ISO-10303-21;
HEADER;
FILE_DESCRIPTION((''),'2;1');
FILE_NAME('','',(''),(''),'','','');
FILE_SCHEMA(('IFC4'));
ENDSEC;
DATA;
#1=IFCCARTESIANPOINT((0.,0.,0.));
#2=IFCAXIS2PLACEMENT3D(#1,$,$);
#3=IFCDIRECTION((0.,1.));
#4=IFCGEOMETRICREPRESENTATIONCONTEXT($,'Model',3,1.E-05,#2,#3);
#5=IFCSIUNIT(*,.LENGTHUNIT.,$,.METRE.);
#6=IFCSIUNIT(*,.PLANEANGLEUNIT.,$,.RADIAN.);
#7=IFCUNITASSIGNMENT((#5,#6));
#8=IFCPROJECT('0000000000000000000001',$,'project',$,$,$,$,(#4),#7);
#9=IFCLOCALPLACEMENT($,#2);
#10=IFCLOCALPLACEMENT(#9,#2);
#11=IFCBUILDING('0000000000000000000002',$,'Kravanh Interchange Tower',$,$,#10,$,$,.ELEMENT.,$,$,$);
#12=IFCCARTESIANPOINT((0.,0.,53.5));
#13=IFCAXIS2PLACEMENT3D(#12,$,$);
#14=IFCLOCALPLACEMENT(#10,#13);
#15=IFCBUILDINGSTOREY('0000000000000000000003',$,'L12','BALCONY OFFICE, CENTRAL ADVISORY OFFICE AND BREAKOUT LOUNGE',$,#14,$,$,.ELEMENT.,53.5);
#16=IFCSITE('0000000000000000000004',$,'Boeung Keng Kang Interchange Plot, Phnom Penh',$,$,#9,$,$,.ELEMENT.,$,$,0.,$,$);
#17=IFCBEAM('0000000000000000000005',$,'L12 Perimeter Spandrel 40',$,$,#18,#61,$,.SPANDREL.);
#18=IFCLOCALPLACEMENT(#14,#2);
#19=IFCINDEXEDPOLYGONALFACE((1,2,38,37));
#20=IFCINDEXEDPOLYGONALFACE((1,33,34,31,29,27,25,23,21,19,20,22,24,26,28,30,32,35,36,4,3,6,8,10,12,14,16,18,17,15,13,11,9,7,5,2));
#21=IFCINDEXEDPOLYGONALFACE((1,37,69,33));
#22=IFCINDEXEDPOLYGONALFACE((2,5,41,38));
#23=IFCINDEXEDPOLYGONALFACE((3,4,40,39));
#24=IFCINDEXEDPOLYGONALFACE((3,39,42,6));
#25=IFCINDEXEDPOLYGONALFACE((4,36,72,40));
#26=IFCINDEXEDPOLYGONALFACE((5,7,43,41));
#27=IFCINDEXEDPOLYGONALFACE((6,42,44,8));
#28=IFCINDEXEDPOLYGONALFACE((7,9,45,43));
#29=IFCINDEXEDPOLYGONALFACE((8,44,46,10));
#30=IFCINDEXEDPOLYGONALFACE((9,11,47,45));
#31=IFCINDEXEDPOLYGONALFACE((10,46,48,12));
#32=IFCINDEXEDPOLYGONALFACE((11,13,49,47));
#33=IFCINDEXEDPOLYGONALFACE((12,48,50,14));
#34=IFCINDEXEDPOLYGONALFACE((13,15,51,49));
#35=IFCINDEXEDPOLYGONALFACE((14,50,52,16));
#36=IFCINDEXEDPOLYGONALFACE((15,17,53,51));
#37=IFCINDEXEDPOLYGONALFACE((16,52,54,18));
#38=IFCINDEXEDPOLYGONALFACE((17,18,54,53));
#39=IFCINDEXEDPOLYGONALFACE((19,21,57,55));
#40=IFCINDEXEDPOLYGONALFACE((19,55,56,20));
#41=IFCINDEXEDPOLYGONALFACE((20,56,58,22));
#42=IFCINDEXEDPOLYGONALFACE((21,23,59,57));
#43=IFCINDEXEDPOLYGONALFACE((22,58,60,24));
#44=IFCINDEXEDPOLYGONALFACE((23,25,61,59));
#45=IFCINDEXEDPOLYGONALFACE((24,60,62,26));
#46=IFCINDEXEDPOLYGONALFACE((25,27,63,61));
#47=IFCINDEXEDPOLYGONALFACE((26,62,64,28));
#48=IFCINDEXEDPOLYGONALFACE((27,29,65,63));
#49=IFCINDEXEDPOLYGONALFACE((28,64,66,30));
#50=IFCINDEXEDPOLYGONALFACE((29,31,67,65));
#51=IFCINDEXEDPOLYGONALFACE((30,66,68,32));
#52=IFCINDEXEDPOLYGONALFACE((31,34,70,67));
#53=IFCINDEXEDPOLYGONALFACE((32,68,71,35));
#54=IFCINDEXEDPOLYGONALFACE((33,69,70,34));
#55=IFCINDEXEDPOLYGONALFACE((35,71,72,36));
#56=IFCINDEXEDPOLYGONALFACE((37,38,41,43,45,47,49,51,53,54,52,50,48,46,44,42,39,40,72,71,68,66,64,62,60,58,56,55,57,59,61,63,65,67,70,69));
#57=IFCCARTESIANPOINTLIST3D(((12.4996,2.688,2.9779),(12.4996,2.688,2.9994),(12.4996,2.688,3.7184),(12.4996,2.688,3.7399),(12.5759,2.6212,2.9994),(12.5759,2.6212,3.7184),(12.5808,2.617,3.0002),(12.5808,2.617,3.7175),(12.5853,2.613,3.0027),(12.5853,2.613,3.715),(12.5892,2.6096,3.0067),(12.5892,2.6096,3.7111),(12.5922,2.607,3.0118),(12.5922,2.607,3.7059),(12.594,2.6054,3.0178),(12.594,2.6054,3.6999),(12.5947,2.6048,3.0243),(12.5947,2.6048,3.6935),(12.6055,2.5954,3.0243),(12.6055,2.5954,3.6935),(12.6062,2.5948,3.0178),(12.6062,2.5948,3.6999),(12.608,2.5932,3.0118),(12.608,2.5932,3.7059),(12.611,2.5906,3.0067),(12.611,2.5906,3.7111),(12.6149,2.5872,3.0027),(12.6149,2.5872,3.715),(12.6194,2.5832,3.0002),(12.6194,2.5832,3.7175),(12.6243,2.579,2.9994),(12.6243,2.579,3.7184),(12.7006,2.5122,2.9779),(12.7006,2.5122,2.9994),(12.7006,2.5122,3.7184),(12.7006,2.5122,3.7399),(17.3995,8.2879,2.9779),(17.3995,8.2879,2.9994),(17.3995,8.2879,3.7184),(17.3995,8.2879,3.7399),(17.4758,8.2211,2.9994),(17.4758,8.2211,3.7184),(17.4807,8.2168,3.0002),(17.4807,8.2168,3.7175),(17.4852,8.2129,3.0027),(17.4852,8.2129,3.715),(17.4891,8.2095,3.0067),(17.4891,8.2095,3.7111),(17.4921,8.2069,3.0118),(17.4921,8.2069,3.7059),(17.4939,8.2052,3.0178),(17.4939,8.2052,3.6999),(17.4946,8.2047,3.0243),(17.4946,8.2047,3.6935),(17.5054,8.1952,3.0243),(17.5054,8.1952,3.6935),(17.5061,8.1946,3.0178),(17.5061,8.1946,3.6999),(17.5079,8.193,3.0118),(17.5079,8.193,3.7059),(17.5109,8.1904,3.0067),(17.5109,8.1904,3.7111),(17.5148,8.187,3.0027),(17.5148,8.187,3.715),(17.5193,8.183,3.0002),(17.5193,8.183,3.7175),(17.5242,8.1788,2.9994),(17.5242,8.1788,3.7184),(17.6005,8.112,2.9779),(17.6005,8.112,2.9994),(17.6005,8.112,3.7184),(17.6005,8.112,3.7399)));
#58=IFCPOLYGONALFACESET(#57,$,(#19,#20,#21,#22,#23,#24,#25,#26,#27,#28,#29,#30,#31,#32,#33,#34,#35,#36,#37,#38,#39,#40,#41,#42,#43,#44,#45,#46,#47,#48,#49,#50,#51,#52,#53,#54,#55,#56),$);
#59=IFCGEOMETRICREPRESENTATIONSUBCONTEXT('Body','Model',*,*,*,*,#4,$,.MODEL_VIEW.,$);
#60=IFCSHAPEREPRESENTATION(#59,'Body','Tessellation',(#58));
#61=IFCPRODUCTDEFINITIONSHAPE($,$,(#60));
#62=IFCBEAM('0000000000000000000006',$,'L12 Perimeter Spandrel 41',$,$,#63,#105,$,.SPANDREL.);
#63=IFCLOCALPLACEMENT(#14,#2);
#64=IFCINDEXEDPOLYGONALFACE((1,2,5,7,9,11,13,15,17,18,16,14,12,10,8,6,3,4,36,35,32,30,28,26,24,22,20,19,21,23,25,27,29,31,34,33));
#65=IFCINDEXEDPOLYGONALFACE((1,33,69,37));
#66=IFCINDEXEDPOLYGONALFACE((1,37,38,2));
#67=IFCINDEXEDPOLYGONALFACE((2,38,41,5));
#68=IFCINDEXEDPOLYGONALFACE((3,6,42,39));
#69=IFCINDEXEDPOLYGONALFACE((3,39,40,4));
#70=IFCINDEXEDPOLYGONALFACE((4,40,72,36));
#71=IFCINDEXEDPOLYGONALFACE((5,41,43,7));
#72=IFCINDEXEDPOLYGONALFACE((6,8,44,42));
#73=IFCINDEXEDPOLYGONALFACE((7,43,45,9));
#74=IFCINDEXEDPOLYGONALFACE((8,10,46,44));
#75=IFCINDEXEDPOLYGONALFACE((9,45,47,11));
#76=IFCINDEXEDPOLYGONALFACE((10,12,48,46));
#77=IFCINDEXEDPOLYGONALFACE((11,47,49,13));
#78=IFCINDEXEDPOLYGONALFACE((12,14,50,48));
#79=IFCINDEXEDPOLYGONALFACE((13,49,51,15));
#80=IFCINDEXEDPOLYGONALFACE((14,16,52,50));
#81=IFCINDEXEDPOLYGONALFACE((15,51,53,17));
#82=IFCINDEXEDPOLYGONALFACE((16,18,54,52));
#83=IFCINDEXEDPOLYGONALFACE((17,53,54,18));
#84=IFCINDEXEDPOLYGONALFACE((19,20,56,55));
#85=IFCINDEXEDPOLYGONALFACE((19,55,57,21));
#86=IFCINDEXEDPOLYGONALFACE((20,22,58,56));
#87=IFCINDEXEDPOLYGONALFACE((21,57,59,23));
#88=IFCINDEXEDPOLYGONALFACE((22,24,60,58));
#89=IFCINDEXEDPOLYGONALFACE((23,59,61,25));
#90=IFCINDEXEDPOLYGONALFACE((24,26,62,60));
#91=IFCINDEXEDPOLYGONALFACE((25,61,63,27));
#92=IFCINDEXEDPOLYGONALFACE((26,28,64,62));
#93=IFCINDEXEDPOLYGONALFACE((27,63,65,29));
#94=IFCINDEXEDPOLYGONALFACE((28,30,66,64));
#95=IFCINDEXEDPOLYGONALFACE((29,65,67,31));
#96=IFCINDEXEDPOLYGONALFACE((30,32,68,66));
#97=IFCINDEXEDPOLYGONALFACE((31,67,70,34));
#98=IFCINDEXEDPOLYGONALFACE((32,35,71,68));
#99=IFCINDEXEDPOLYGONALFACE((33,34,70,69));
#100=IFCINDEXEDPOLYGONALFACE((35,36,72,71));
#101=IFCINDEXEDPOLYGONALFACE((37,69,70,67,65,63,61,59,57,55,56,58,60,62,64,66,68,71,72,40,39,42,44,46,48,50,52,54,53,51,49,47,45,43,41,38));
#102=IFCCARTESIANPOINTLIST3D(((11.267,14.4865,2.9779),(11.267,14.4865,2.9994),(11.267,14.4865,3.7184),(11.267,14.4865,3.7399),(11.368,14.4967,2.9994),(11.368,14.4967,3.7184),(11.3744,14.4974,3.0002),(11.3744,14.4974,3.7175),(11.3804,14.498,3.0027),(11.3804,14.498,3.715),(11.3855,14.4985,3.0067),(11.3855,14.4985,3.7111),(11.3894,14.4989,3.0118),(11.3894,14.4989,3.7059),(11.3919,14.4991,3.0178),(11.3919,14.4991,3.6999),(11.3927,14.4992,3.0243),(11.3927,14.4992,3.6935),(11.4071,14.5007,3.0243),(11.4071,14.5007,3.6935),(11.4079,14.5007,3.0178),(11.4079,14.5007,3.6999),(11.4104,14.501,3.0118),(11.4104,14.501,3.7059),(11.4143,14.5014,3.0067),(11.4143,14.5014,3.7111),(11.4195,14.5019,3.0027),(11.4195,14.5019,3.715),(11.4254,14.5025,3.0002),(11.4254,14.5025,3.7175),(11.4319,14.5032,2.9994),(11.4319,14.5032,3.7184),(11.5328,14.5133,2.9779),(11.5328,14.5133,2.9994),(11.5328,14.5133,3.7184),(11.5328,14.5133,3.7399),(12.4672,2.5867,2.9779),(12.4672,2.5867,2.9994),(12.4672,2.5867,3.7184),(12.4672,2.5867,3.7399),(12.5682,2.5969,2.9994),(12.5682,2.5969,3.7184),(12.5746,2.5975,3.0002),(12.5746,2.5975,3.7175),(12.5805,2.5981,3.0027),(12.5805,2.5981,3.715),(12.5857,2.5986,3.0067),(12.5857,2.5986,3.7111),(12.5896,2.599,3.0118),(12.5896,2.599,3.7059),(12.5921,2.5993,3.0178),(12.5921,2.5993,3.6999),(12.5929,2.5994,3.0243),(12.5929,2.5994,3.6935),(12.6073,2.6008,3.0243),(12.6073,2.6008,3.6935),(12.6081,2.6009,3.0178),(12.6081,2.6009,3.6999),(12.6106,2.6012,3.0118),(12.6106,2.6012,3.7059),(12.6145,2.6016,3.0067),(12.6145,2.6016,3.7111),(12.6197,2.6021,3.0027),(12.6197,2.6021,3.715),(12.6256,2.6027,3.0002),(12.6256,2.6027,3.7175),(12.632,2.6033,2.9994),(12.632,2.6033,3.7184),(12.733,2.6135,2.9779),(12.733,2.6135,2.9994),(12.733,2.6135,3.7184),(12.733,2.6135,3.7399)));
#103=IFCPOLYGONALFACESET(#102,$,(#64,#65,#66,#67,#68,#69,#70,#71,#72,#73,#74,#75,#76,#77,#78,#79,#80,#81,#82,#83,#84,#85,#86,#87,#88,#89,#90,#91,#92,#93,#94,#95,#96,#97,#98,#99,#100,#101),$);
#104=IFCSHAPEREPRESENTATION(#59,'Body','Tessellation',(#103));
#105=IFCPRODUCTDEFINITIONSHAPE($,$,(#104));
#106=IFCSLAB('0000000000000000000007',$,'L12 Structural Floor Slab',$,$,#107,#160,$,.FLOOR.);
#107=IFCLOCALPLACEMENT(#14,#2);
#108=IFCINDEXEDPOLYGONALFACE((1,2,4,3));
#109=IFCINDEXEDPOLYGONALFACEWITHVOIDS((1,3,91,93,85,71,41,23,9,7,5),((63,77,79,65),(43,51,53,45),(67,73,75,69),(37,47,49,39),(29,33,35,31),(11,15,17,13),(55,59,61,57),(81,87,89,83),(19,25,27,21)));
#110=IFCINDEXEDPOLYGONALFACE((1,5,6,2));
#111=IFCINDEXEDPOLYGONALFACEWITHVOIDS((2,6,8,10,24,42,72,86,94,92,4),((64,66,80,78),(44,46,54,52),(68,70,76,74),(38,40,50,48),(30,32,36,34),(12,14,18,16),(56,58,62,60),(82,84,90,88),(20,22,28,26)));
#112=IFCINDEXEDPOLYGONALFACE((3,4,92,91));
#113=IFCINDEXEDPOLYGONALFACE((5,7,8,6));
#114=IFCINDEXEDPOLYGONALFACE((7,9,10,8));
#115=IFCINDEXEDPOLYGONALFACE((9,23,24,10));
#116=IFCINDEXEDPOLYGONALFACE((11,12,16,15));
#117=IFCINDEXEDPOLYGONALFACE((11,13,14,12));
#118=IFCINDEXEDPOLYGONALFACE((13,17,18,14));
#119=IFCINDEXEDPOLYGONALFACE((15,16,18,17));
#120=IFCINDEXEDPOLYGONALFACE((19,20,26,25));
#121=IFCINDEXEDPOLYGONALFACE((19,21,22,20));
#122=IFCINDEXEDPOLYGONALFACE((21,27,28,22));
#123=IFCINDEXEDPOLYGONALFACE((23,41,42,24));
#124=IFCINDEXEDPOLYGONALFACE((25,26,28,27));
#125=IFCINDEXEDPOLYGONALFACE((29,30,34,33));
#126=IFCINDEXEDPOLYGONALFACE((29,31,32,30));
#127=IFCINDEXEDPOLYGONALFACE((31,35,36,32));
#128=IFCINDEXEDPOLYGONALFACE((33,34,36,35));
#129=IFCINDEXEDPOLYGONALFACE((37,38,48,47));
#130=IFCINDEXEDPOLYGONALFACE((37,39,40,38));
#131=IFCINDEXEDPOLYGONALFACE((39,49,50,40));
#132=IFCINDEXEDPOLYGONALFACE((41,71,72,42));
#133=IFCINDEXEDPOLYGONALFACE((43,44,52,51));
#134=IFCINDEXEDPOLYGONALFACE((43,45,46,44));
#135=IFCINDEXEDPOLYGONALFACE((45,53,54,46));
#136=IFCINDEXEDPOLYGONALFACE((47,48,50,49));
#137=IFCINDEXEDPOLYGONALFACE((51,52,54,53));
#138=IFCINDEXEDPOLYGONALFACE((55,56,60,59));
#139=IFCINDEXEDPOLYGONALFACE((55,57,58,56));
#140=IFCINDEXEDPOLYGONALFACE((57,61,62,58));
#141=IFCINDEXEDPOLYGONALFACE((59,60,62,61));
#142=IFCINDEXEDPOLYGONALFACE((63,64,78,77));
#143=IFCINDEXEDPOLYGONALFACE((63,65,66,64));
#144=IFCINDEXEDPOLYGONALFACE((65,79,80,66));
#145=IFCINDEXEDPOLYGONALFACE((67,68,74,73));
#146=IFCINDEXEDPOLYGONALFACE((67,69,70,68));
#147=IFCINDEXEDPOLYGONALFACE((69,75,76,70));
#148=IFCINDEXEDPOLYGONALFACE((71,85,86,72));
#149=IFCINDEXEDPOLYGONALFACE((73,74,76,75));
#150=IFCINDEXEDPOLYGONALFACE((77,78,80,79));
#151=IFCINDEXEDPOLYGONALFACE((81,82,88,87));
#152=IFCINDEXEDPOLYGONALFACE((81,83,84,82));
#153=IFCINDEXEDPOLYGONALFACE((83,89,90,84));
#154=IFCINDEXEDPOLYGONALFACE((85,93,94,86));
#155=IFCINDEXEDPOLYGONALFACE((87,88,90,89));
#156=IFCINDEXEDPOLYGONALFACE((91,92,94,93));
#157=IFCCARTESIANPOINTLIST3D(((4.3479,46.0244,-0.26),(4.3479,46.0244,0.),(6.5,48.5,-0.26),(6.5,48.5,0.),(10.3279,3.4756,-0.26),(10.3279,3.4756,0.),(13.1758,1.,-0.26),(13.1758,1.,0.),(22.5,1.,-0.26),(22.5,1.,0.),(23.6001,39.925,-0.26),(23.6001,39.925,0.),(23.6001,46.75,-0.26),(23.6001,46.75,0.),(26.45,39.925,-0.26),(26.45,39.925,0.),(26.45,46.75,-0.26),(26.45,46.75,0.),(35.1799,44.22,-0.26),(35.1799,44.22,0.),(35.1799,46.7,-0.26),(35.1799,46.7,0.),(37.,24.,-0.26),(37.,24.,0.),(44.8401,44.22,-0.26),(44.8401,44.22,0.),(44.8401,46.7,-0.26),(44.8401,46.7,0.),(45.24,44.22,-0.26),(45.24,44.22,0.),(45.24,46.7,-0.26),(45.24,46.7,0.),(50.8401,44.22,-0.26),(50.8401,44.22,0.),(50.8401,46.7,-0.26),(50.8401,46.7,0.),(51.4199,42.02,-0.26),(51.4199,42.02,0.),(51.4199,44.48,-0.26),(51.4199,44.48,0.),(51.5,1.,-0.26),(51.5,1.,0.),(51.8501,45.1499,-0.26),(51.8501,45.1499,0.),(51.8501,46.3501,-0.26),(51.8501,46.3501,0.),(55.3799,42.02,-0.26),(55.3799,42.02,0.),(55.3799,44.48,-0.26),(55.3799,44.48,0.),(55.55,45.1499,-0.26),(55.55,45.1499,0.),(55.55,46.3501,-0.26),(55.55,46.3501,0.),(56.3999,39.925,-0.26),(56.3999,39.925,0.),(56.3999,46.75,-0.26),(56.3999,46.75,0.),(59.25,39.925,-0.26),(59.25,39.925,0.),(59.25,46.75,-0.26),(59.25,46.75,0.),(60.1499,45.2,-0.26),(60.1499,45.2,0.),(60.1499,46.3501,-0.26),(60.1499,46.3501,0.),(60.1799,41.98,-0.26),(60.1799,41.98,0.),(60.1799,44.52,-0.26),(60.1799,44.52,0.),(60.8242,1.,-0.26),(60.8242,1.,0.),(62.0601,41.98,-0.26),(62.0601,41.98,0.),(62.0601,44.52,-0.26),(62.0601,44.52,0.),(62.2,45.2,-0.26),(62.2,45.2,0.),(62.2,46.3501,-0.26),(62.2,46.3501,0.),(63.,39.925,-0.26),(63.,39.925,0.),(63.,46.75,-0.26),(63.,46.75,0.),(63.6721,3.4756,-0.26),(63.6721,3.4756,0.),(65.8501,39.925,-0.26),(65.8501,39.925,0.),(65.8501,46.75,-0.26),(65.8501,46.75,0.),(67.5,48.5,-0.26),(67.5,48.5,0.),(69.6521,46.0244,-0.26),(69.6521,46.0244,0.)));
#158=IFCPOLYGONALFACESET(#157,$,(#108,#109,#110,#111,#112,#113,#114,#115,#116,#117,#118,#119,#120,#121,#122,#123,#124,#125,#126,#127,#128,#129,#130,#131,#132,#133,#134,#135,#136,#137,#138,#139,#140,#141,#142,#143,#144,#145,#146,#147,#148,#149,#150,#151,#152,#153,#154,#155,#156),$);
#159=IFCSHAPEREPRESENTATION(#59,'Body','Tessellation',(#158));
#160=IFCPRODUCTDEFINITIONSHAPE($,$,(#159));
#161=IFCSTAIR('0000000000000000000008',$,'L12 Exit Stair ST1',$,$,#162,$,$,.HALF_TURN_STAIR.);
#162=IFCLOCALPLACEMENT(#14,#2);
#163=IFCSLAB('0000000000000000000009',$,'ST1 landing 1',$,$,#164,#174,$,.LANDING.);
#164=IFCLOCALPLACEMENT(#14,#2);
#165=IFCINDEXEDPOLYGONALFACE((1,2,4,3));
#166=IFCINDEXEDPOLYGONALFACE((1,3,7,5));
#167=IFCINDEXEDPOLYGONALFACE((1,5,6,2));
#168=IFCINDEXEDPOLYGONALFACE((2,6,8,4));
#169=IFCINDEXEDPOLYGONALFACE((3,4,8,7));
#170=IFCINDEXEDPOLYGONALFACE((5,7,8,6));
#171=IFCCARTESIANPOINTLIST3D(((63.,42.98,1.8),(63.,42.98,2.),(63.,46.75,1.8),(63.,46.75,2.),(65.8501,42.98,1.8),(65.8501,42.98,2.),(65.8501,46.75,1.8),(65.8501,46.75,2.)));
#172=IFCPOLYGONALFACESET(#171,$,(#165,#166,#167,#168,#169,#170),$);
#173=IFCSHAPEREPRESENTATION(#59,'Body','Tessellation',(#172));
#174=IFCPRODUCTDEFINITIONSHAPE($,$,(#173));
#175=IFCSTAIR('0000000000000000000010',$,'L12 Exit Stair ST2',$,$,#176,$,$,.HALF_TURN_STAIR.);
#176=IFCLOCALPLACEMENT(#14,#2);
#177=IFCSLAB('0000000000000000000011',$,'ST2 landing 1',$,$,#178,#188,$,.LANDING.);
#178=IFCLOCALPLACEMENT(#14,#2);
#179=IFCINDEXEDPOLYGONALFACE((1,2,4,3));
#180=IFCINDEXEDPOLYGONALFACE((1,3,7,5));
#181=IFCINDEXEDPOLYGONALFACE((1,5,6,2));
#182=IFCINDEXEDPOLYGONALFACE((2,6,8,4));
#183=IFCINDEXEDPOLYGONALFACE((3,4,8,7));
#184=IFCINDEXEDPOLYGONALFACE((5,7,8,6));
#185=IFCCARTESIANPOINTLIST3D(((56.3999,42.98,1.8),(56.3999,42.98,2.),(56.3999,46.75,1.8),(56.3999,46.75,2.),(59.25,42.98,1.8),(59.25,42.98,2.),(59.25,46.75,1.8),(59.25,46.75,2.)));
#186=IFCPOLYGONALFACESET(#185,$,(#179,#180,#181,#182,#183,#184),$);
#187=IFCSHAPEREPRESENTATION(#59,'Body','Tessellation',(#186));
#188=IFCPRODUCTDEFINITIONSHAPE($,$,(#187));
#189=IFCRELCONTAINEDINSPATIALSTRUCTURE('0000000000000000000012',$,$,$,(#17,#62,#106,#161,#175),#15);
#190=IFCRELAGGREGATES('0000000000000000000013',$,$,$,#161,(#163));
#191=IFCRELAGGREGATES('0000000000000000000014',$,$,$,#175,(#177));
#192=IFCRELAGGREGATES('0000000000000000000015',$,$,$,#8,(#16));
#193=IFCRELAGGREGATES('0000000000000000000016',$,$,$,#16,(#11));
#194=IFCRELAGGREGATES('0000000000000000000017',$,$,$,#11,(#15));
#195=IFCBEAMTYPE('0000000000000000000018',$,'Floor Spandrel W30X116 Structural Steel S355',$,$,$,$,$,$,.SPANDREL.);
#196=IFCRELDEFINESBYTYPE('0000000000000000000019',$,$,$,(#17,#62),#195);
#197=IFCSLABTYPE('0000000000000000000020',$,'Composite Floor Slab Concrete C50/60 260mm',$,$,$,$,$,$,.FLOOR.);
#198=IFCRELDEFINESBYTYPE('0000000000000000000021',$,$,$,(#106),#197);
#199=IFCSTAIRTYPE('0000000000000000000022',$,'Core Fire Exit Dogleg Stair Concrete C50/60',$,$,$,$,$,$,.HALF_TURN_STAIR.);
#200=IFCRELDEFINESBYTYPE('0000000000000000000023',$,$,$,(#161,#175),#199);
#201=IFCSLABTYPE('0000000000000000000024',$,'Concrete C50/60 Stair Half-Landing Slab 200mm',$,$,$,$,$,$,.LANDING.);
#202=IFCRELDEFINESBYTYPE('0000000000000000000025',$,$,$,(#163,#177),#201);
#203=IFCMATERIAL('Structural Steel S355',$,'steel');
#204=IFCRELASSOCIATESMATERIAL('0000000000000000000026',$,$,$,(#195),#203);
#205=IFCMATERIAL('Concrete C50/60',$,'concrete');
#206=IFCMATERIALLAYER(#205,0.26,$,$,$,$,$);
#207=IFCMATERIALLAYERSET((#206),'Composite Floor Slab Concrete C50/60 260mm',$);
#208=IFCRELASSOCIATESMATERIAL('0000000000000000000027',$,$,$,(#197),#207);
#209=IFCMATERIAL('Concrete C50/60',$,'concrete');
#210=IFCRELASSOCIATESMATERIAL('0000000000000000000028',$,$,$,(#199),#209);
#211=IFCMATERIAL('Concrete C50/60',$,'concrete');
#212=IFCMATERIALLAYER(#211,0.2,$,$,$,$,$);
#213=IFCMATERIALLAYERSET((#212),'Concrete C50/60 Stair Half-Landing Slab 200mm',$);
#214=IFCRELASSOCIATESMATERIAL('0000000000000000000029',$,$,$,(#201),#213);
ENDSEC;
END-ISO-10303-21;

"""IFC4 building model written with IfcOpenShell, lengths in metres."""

from ifc_helpers import new_model, si_unit, direction, frame, origin, origin_2d, place, context, subcontext, project, spatial, polyline, i_section, outline, extrude, material, layer, layer_set, material_profile, profile_set, type_object, element, aggregate, save


model = new_model("IFC4")

# Units and contexts
model_context = context("Model", 3, precision=1e-05, world=origin(), true_north=direction((0.0, 1.0)))
body_context = subcontext(model_context, "Body", "Model", "MODEL_VIEW")
ifc_project = project(units=[si_unit("LENGTHUNIT", "METRE"), si_unit("PLANEANGLEUNIT", "RADIAN")], contexts=[model_context])

# Site, building, storey
site_placement = place(None, origin())
site = spatial("IfcSite", under=ifc_project, at=site_placement, Name="Boeung Keng Kang Interchange Plot, Phnom Penh", CompositionType="ELEMENT", RefElevation=0.0)
building_placement = place(site_placement, origin())
building = spatial("IfcBuilding", under=site, at=building_placement, Name="Kravanh Interchange Tower", CompositionType="ELEMENT")
storey_placement = place(building_placement, frame((0.0, 0.0, 53.5)))
storey = spatial("IfcBuildingStorey", under=building, at=storey_placement, Name="L12", Description="BALCONY OFFICE, CENTRAL ADVISORY OFFICE AND BREAKOUT LOUNGE", CompositionType="ELEMENT", Elevation=53.5)

# Beams
ifc_material_1 = material(Name="Structural Steel S355", Category="steel")
ifc_material_profile_1 = material_profile(ifc_material_1, i_section(OverallWidth=0.2671, OverallDepth=0.762, WebThickness=0.0144, FlangeThickness=0.0215, FilletRadius=0.0249, at=origin_2d()), Name="W30X116")
ifc_profile_set_1 = profile_set([ifc_material_profile_1], Name="Structural Steel S355")
beam_type_1 = type_object("IfcBeamType", Name="Floor Spandrel W30X116 Structural Steel S355", PredefinedType="SPANDREL", material=ifc_profile_set_1)
beam_1_placement = place(storey_placement, frame((12.6001, 2.6001, 3.3589), z_axis=(0.658507, 0.752575, 0.0), x_axis=(-0.752575, 0.658507, 0.0)))
element("IfcBeam", 1, at=beam_1_placement, inside=storey, type_object=beam_type_1, Name="L12 Perimeter Spandrel 40", PredefinedType="SPANDREL", context=body_context, shape_type="SweptSolid", body=[
    extrude(i_section(OverallWidth=0.2671, OverallDepth=0.762, WebThickness=0.0144, FlangeThickness=0.0215, FilletRadius=0.0249, at=origin_2d()), origin(), (0.0, 0.0, 1.0), 7.4409),
])
beam_2_placement = place(storey_placement, frame((12.6001, 2.6001, 3.3589), z_axis=(-0.100348, 0.994952, 0.0), x_axis=(-0.994952, -0.100348, 0.0)))
element("IfcBeam", 2, at=beam_2_placement, inside=storey, type_object=beam_type_1, Name="L12 Perimeter Spandrel 41", PredefinedType="SPANDREL", context=body_context, shape_type="SweptSolid", body=[
    extrude(i_section(OverallWidth=0.2671, OverallDepth=0.762, WebThickness=0.0144, FlangeThickness=0.0215, FilletRadius=0.0249, at=origin_2d()), origin(), (0.0, 0.0, 1.0), 11.9602),
])

# Slab
ifc_material_2 = material(Name="Concrete C50/60", Category="concrete")
ifc_layer_1 = layer(ifc_material_2, 0.26)
ifc_layer_set_1 = layer_set([ifc_layer_1], Name="Composite Floor Slab Concrete C50/60 260mm")
slab_type_1 = type_object("IfcSlabType", Name="Composite Floor Slab Concrete C50/60 260mm", PredefinedType="FLOOR", material=ifc_layer_set_1)
slab_1_placement = place(storey_placement, frame((0.0, 0.0, -0.26)))
element("IfcSlab", 3, at=slab_1_placement, inside=storey, type_object=slab_type_1, Name="L12 Structural Floor Slab", PredefinedType="FLOOR", context=body_context, shape_type="SweptSolid", body=[
    extrude(outline(polyline([(10.3279, 3.4756), (13.1758, 1.0), (22.5, 1.0), (37.0, 24.0), (51.5, 1.0), (60.8242, 1.0), (63.6721, 3.4756), (69.6521, 46.0244), (67.5, 48.5), (6.5, 48.5), (4.3479, 46.0244), (10.3279, 3.4756)]), holes=[polyline([(65.8501, 39.925), (65.8501, 46.75), (63.0, 46.75), (63.0, 39.925), (65.8501, 39.925)]), polyline([(59.25, 39.925), (59.25, 46.75), (56.3999, 46.75), (56.3999, 39.925), (59.25, 39.925)]), polyline([(26.45, 39.925), (26.45, 46.75), (23.6001, 46.75), (23.6001, 39.925), (26.45, 39.925)]), polyline([(35.1799, 44.22), (44.8401, 44.22), (44.8401, 46.7), (35.1799, 46.7), (35.1799, 44.22)]), polyline([(45.24, 44.22), (50.8401, 44.22), (50.8401, 46.7), (45.24, 46.7), (45.24, 44.22)]), polyline([(51.4199, 42.02), (55.3799, 42.02), (55.3799, 44.48), (51.4199, 44.48), (51.4199, 42.02)]), polyline([(60.1799, 41.98), (62.0601, 41.98), (62.0601, 44.52), (60.1799, 44.52), (60.1799, 41.98)]), polyline([(60.1499, 45.2), (62.2, 45.2), (62.2, 46.3501), (60.1499, 46.3501), (60.1499, 45.2)]), polyline([(51.8501, 45.1499), (55.55, 45.1499), (55.55, 46.3501), (51.8501, 46.3501), (51.8501, 45.1499)])]), origin(), (0.0, 0.0, 1.0), 0.26),
])

# Stairs, slabs
ifc_material_3 = material(Name="Concrete C50/60", Category="concrete")
stair_type = type_object("IfcStairType", Name="Core Fire Exit Dogleg Stair Concrete C50/60", PredefinedType="HALF_TURN_STAIR", material=ifc_material_3)
stair_1_placement = place(storey_placement, origin())
stair_1 = element("IfcStair", 4, at=stair_1_placement, inside=storey, type_object=stair_type, Name="L12 Exit Stair ST1", PredefinedType="HALF_TURN_STAIR")
ifc_material_4 = material(Name="Concrete C50/60", Category="concrete")
ifc_layer_2 = layer(ifc_material_4, 0.2)
ifc_layer_set_2 = layer_set([ifc_layer_2], Name="Concrete C50/60 Stair Half-Landing Slab 200mm")
slab_type_2 = type_object("IfcSlabType", Name="Concrete C50/60 Stair Half-Landing Slab 200mm", PredefinedType="LANDING", material=ifc_layer_set_2)
slab_2_placement = place(storey_placement, frame((0.0, 0.0, 1.8)))
slab_2 = element("IfcSlab", 5, at=slab_2_placement, type_object=slab_type_2, Name="ST1 landing 1", PredefinedType="LANDING", context=body_context, shape_type="SweptSolid", body=[
    extrude(outline(polyline([(65.8501, 42.98), (65.8501, 46.75), (63.0, 46.75), (63.0, 42.98), (65.8501, 42.98)])), origin(), (0.0, 0.0, 1.0), 0.2),
])
aggregate(stair_1, [slab_2])
stair_2_placement = place(storey_placement, origin())
stair_2 = element("IfcStair", 6, at=stair_2_placement, inside=storey, type_object=stair_type, Name="L12 Exit Stair ST2", PredefinedType="HALF_TURN_STAIR")
slab_3_placement = place(storey_placement, frame((0.0, 0.0, 1.8)))
slab_3 = element("IfcSlab", 7, at=slab_3_placement, type_object=slab_type_2, Name="ST2 landing 1", PredefinedType="LANDING", context=body_context, shape_type="SweptSolid", body=[
    extrude(outline(polyline([(59.25, 42.98), (59.25, 46.75), (56.3999, 46.75), (56.3999, 42.98), (59.25, 42.98)])), origin(), (0.0, 0.0, 1.0), 0.2),
])
aggregate(stair_2, [slab_3])

save(model, "model.ifc")
